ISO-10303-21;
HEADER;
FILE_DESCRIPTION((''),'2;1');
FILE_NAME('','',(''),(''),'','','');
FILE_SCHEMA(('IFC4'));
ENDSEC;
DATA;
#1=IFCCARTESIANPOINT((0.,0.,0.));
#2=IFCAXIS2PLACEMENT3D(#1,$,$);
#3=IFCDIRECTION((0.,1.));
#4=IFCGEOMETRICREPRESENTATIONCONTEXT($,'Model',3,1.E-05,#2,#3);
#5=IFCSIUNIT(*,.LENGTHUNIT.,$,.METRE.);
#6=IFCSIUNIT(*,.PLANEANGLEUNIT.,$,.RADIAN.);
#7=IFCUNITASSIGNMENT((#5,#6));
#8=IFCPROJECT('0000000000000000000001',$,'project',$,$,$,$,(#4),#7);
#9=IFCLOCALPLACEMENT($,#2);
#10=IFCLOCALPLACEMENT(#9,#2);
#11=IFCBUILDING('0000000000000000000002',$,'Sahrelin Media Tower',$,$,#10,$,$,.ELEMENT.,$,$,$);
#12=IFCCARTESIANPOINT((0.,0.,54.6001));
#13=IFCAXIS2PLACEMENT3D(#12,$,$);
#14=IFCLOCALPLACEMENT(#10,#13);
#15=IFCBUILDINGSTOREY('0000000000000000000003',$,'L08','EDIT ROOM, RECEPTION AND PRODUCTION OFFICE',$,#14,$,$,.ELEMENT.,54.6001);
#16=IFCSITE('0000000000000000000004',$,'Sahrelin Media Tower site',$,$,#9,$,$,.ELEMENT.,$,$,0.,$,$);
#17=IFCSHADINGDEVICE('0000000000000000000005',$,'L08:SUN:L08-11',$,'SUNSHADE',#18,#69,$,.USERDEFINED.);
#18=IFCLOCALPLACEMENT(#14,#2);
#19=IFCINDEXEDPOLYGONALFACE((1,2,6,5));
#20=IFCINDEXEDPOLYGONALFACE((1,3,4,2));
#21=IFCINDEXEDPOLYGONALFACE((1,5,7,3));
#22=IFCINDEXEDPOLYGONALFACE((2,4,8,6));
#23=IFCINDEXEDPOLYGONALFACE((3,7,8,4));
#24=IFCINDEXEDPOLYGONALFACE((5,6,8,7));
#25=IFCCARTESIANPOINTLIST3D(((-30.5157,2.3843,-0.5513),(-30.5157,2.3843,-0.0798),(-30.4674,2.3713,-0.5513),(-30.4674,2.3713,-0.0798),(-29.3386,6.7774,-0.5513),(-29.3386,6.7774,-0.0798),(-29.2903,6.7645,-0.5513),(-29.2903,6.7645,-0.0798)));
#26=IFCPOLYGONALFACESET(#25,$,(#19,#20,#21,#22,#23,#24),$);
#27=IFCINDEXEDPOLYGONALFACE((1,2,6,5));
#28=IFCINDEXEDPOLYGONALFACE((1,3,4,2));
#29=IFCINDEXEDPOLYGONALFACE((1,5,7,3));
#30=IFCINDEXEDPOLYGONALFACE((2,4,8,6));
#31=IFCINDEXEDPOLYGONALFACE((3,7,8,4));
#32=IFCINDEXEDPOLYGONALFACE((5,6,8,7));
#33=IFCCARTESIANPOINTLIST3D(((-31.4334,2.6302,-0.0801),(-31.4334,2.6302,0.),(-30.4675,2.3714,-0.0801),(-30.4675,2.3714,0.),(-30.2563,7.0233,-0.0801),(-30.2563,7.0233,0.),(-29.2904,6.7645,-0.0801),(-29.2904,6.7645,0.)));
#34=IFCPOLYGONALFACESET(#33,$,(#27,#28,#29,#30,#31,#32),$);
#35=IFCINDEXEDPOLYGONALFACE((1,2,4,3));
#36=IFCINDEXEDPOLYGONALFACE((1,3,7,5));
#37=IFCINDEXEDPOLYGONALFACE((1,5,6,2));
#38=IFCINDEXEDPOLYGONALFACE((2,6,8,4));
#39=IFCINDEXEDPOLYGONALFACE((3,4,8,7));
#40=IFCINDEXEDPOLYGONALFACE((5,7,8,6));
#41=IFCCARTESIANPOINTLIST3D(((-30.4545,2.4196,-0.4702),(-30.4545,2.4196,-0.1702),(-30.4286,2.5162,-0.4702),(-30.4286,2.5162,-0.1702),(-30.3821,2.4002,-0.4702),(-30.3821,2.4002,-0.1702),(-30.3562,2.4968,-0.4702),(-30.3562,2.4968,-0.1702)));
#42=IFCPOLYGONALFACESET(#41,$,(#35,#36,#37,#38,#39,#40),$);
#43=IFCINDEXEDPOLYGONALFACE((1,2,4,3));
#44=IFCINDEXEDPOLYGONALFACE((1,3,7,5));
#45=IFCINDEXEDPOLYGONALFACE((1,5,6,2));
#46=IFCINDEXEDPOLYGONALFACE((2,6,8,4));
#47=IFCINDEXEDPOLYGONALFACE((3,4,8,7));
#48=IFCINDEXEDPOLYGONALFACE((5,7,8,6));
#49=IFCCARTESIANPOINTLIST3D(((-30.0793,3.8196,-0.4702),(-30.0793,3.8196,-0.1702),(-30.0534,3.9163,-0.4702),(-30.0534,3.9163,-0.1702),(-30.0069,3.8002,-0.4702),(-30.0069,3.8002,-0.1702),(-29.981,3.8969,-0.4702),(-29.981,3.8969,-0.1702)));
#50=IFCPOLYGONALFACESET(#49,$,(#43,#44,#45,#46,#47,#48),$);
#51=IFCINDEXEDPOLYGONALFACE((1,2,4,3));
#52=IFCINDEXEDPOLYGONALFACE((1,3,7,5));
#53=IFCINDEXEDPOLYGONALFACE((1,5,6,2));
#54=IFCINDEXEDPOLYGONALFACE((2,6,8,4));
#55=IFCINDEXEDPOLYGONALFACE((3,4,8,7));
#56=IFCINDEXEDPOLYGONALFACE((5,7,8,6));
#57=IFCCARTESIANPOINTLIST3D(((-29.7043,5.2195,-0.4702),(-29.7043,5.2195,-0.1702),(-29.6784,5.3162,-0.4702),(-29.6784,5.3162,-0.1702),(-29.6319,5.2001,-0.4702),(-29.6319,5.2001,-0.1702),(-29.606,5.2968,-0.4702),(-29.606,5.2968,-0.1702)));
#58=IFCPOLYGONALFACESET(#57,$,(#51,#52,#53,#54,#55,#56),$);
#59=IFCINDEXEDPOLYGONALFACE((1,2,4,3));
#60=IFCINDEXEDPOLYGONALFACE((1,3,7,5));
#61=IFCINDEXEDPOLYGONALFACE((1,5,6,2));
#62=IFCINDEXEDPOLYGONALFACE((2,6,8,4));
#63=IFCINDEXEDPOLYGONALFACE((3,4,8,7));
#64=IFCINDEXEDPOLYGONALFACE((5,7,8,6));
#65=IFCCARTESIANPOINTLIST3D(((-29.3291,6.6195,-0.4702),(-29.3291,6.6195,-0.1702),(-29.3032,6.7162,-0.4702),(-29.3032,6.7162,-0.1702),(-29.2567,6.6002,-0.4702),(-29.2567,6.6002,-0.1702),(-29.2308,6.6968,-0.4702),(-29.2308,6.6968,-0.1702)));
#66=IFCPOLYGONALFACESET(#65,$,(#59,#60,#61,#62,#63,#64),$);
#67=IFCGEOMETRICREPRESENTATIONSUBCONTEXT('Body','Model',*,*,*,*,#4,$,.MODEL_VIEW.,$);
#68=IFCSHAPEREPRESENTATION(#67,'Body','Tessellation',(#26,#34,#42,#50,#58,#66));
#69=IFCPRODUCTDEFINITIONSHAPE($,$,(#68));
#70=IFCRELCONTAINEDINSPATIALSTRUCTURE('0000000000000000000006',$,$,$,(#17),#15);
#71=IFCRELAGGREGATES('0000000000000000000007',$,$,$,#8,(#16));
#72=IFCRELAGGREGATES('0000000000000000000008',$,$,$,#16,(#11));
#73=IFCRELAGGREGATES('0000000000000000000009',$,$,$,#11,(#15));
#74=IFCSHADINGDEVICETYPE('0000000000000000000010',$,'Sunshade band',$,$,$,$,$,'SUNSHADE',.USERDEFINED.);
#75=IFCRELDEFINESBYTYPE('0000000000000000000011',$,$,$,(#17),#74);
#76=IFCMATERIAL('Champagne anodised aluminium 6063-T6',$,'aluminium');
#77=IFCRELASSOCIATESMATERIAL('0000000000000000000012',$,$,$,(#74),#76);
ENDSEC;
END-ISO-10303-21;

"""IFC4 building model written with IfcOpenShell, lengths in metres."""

from ifc_helpers import new_model, si_unit, direction, frame, origin, origin_2d, place, context, subcontext, project, spatial, rectangle, extrude, material, type_object, element, save


model = new_model("IFC4")

# Units and contexts
model_context = context("Model", 3, precision=1e-05, world=origin(), true_north=direction((0.0, 1.0)))
body_context = subcontext(model_context, "Body", "Model", "MODEL_VIEW")
ifc_project = project(units=[si_unit("LENGTHUNIT", "METRE"), si_unit("PLANEANGLEUNIT", "RADIAN")], contexts=[model_context])

# Site, building, storey
site_placement = place(None, origin())
site = spatial("IfcSite", under=ifc_project, at=site_placement, Name="Sahrelin Media Tower site", CompositionType="ELEMENT", RefElevation=0.0)
building_placement = place(site_placement, origin())
building = spatial("IfcBuilding", under=site, at=building_placement, Name="Sahrelin Media Tower", CompositionType="ELEMENT")
storey_placement = place(building_placement, frame((0.0, 0.0, 54.6001)))
storey = spatial("IfcBuildingStorey", under=building, at=storey_placement, Name="L08", Description="EDIT ROOM, RECEPTION AND PRODUCTION OFFICE", CompositionType="ELEMENT", Elevation=54.6001)

# Shared definitions
ifc_material_1 = material(Name="Champagne anodised aluminium 6063-T6", Category="aluminium")

# Shading device
placement = place(storey_placement, frame((-29.8596, 4.5627, 0.0), z_axis=(0.0, 0.0, 1.0), x_axis=(0.258808, 0.965929, 0.0)))
shading_device_type_1 = type_object("IfcShadingDeviceType", Name="Sunshade band", ElementType="SUNSHADE", PredefinedType="USERDEFINED", material=ifc_material_1)
element("IfcShadingDevice", 1, at=placement, inside=storey, type_object=shading_device_type_1, Name="L08:SUN:L08-11", ObjectType="SUNSHADE", PredefinedType="USERDEFINED", context=body_context, shape_type="SweptSolid", body=[
    extrude(rectangle(XDim=4.5481, YDim=0.05, at=origin_2d()), frame((0.0, 0.0449, -0.5513)), (0.0, 0.0, 1.0), 0.4714),
    extrude(rectangle(XDim=4.5481, YDim=1.0, at=origin_2d()), frame((0.0, 0.52, -0.0801)), (0.0, 0.0, 1.0), 0.0801),
    extrude(rectangle(XDim=0.1001, YDim=0.075, at=origin_2d()), frame((-2.1741, -0.0176, -0.4702)), (0.0, 0.0, 1.0), 0.3),
    extrude(rectangle(XDim=0.1001, YDim=0.075, at=origin_2d()), frame((-0.7246, -0.0176, -0.4702)), (0.0, 0.0, 1.0), 0.3),
    extrude(rectangle(XDim=0.1001, YDim=0.075, at=origin_2d()), frame((0.7246, -0.0176, -0.4702)), (0.0, 0.0, 1.0), 0.3),
    extrude(rectangle(XDim=0.1001, YDim=0.075, at=origin_2d()), frame((2.1741, -0.0176, -0.4702)), (0.0, 0.0, 1.0), 0.3),
])

save(model, "model.ifc")
